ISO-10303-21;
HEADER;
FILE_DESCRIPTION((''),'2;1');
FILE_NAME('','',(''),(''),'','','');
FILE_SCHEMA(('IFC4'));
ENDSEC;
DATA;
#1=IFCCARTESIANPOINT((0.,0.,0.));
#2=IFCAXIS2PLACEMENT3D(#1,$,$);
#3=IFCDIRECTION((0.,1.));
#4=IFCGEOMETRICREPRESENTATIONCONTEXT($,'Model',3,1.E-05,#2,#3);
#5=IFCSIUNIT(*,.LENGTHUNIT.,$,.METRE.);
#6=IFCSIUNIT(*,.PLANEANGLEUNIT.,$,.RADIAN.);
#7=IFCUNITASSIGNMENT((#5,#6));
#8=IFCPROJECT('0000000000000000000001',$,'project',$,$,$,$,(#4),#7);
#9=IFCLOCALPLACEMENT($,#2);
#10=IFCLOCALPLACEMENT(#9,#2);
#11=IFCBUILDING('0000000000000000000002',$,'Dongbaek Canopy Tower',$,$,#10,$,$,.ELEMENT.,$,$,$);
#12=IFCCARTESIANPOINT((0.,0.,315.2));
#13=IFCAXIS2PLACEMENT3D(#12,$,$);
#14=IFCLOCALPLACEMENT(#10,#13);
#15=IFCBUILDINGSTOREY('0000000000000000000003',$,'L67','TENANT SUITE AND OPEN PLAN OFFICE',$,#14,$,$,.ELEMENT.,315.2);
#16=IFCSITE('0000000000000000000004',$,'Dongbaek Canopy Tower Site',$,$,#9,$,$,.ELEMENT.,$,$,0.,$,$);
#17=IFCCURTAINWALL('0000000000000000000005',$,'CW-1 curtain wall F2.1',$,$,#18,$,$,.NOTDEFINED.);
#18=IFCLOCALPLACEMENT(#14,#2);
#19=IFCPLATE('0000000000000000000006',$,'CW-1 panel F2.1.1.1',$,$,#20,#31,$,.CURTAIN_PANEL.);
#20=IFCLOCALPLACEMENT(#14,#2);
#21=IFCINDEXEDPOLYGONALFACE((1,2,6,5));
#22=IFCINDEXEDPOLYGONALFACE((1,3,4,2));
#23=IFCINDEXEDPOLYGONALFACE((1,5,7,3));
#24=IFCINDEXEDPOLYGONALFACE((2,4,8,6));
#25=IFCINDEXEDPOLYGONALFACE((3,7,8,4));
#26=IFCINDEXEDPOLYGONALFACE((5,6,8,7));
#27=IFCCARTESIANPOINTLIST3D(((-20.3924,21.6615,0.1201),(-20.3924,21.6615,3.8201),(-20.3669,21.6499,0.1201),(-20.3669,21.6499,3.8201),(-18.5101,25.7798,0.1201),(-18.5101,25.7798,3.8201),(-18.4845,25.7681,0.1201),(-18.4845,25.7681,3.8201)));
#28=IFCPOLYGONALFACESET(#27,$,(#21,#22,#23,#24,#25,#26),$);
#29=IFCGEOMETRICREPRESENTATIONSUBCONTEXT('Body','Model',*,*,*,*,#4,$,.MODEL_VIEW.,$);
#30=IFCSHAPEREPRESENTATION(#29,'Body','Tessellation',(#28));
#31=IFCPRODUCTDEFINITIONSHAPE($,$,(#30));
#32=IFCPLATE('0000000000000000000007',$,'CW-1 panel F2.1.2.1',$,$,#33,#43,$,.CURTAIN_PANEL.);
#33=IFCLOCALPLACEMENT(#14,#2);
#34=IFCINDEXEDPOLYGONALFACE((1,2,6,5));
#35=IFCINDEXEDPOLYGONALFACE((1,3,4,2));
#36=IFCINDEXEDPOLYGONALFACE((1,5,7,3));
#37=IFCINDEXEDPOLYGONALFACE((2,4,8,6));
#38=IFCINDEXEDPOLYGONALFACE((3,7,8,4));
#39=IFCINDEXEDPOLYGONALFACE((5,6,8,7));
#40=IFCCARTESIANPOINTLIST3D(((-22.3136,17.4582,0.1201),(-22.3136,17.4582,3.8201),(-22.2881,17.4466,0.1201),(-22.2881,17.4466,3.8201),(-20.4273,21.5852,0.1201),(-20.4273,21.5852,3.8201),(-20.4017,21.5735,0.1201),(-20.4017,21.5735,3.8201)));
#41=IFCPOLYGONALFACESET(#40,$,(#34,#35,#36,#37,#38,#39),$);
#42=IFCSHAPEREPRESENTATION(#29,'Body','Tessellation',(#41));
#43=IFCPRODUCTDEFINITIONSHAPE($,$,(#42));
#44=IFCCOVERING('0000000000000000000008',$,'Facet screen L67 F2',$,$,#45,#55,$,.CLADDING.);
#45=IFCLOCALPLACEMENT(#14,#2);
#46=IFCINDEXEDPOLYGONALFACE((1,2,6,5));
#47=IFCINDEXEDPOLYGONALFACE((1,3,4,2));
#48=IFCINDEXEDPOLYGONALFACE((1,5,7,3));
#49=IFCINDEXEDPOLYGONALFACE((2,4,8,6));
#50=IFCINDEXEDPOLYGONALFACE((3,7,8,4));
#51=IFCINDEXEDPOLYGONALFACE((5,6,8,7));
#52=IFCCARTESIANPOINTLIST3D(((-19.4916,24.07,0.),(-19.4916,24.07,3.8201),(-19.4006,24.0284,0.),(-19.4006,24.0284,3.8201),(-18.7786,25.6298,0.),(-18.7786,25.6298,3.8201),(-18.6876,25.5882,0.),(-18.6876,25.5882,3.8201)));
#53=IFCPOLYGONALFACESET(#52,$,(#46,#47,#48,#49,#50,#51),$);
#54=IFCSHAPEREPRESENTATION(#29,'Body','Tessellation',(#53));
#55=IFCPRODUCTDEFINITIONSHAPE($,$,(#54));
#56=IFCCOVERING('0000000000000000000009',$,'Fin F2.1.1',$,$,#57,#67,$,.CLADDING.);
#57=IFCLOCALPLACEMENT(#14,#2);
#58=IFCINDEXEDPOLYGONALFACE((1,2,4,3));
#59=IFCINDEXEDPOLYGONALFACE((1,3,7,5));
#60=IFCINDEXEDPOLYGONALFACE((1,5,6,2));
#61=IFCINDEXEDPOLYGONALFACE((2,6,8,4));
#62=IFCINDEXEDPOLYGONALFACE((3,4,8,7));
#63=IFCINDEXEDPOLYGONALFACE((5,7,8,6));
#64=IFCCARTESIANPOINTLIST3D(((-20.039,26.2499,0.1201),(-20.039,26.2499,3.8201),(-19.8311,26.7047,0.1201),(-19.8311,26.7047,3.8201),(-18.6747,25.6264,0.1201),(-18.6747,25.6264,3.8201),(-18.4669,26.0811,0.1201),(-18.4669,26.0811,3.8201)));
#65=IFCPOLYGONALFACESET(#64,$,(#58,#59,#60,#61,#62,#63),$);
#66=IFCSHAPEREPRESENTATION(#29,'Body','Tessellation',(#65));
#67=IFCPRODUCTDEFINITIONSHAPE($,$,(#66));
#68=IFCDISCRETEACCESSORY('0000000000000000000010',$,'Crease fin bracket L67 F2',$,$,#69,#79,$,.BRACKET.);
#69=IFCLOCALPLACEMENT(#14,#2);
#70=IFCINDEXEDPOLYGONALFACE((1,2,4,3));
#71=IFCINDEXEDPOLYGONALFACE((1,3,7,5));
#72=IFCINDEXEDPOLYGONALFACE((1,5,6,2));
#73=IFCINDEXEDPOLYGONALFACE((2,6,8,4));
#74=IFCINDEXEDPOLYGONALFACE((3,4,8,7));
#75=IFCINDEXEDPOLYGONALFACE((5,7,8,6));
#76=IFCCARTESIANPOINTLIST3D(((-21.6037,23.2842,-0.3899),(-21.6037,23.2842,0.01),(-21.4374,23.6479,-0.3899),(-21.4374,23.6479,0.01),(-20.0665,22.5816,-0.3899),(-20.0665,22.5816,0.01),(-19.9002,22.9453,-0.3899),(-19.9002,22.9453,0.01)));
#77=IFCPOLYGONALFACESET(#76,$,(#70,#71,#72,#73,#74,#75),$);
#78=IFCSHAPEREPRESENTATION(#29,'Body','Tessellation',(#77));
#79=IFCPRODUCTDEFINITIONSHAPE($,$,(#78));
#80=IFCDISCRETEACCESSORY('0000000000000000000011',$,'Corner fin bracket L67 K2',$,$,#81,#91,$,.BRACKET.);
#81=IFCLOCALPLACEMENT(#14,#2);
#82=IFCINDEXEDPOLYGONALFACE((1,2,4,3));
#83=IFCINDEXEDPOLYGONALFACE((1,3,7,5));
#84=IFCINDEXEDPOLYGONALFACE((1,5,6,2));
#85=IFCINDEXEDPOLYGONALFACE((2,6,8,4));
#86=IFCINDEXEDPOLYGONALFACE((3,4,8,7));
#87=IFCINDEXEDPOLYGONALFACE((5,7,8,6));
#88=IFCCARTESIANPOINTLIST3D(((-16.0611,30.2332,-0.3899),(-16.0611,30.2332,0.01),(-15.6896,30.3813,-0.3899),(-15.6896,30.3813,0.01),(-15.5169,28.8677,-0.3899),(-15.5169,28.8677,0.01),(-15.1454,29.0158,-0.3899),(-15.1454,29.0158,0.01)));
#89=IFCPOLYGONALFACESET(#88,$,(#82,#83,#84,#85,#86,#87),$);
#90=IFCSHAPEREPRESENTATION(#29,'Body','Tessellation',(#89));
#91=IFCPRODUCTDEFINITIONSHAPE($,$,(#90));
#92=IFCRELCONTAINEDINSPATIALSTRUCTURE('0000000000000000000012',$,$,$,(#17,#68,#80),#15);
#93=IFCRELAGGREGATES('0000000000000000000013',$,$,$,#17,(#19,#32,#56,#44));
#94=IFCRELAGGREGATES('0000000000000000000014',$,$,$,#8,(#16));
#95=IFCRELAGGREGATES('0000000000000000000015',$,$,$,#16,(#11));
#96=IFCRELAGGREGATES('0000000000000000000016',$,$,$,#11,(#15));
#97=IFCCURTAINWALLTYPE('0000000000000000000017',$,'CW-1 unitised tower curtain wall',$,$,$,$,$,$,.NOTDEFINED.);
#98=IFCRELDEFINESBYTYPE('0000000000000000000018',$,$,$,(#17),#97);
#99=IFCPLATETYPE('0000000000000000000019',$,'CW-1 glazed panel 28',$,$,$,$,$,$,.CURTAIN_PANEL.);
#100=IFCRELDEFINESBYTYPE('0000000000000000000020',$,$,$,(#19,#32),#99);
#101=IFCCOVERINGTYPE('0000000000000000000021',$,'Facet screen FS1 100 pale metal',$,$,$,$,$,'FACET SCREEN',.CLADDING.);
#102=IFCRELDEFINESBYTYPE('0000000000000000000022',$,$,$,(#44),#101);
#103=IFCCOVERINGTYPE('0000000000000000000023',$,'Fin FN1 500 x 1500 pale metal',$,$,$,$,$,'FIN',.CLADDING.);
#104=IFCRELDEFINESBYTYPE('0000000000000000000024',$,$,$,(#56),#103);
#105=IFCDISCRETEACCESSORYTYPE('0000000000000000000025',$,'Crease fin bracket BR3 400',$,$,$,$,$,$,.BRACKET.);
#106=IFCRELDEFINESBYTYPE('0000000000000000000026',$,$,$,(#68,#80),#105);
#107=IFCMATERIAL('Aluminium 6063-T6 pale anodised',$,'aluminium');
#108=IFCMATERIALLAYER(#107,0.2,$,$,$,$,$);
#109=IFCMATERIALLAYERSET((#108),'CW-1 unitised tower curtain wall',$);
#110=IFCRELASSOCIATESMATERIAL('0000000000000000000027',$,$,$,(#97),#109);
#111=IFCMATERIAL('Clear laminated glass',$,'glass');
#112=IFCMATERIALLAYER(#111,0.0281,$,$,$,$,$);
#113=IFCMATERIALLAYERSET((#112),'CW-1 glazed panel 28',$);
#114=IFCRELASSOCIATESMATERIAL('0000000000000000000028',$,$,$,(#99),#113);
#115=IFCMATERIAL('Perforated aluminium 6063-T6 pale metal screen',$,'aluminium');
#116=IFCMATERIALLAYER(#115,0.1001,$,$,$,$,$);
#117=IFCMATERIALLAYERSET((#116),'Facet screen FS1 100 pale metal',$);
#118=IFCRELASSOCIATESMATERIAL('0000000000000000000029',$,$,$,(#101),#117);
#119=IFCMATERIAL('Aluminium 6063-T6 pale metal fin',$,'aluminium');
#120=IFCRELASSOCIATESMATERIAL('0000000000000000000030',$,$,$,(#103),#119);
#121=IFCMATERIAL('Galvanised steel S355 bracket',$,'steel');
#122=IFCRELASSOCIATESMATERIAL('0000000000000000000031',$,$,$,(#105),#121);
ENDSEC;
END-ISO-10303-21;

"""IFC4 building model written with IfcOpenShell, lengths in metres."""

from ifc_helpers import new_model, si_unit, direction, frame, origin, origin_2d, place, context, subcontext, project, spatial, rectangle, extrude, material, layer, layer_set, material_profile, profile_set, type_object, element, aggregate, save


model = new_model("IFC4")

# Units and contexts
model_context = context("Model", 3, precision=1e-05, world=origin(), true_north=direction((0.0, 1.0)))
body_context = subcontext(model_context, "Body", "Model", "MODEL_VIEW")
ifc_project = project(units=[si_unit("LENGTHUNIT", "METRE"), si_unit("PLANEANGLEUNIT", "RADIAN")], contexts=[model_context])

# Site, building, storey
site_placement = place(None, origin())
site = spatial("IfcSite", under=ifc_project, at=site_placement, Name="Dongbaek Canopy Tower Site", CompositionType="ELEMENT", RefElevation=0.0)
building_placement = place(site_placement, origin())
building = spatial("IfcBuilding", under=site, at=building_placement, Name="Dongbaek Canopy Tower", CompositionType="ELEMENT")
storey_placement = place(building_placement, frame((0.0, 0.0, 315.2)))
storey = spatial("IfcBuildingStorey", under=building, at=storey_placement, Name="L67", Description="TENANT SUITE AND OPEN PLAN OFFICE", CompositionType="ELEMENT", Elevation=315.2)

# Curtain wall
ifc_material_1 = material(Name="Aluminium 6063-T6 pale anodised", Category="aluminium")
ifc_layer_1 = layer(ifc_material_1, 0.2)
ifc_layer_set_1 = layer_set([ifc_layer_1], Name="CW-1 unitised tower curtain wall")
curtain_wall_type = type_object("IfcCurtainWallType", Name="CW-1 unitised tower curtain wall", PredefinedType="NOTDEFINED", material=ifc_layer_set_1)
curtain_wall_1_placement = place(storey_placement, origin())
curtain_wall_1 = element("IfcCurtainWall", 1, at=curtain_wall_1_placement, inside=storey, type_object=curtain_wall_type, Name="CW-1 curtain wall F2.1", PredefinedType="NOTDEFINED")

# Plates
ifc_material_2 = material(Name="Clear laminated glass", Category="glass")
ifc_layer_2 = layer(ifc_material_2, 0.0281)
ifc_layer_set_2 = layer_set([ifc_layer_2], Name="CW-1 glazed panel 28")
plate_type = type_object("IfcPlateType", Name="CW-1 glazed panel 28", PredefinedType="CURTAIN_PANEL", material=ifc_layer_set_2)
plate_1_placement = place(storey_placement, frame((-19.4385, 23.7148, 0.1201), z_axis=(0.0, 0.0, 1.0), x_axis=(-0.415713, -0.909496, 0.0)))
plate_1 = element("IfcPlate", 2, at=plate_1_placement, type_object=plate_type, Name="CW-1 panel F2.1.1.1", PredefinedType="CURTAIN_PANEL", context=body_context, shape_type="SweptSolid", body=[
    extrude(rectangle(XDim=4.5281, YDim=0.0281, at=origin_2d()), origin(), (0.0, 0.0, 1.0), 3.7),
])
plate_2_placement = place(storey_placement, frame((-21.3577, 19.5159, 0.1201), z_axis=(0.0, 0.0, 1.0), x_axis=(-0.415713, -0.909496, 0.0)))
plate_2 = element("IfcPlate", 3, at=plate_2_placement, type_object=plate_type, Name="CW-1 panel F2.1.2.1", PredefinedType="CURTAIN_PANEL", context=body_context, shape_type="SweptSolid", body=[
    extrude(rectangle(XDim=4.5376, YDim=0.0281, at=origin_2d()), origin(), (0.0, 0.0, 1.0), 3.7),
])

# Coverings
ifc_material_3 = material(Name="Perforated aluminium 6063-T6 pale metal screen", Category="aluminium")
ifc_layer_3 = layer(ifc_material_3, 0.1001)
ifc_layer_set_3 = layer_set([ifc_layer_3], Name="Facet screen FS1 100 pale metal")
covering_type_1 = type_object("IfcCoveringType", Name="Facet screen FS1 100 pale metal", ElementType="FACET SCREEN", PredefinedType="CLADDING", material=ifc_layer_set_3)
covering_1_placement = place(storey_placement, frame((-19.0896, 24.8291, 0.0), z_axis=(0.0, 0.0, 1.0), x_axis=(-0.415713, -0.909496, 0.0)))
covering_1 = element("IfcCovering", 4, at=covering_1_placement, type_object=covering_type_1, Name="Facet screen L67 F2", PredefinedType="CLADDING", context=body_context, shape_type="SweptSolid", body=[
    extrude(rectangle(XDim=1.7151, YDim=0.1001, at=origin_2d()), origin(), (0.0, 0.0, 1.0), 3.8201),
])
ifc_material_4 = material(Name="Aluminium 6063-T6 pale metal fin", Category="aluminium")
ifc_material_profile_1 = material_profile(ifc_material_4, rectangle(XDim=1.5, YDim=0.5, at=origin_2d()), Name="Fin FN1 500 x 1500 pale metal")
ifc_profile_set_1 = profile_set([ifc_material_profile_1], Name="Aluminium 6063-T6 pale metal fin")
covering_type_2 = type_object("IfcCoveringType", Name="Fin FN1 500 x 1500 pale metal", ElementType="FIN", PredefinedType="CLADDING", material=ifc_profile_set_1)
covering_2_placement = place(storey_placement, frame((-19.2529, 26.1655, 0.1201), z_axis=(0.0, 0.0, 1.0), x_axis=(-0.909496, 0.415713, 0.0)))
covering_2 = element("IfcCovering", 5, at=covering_2_placement, type_object=covering_type_2, Name="Fin F2.1.1", PredefinedType="CLADDING", context=body_context, shape_type="SweptSolid", body=[
    extrude(rectangle(XDim=1.5, YDim=0.5, at=origin_2d()), origin(), (0.0, 0.0, 1.0), 3.7),
])
aggregate(curtain_wall_1, [plate_1, plate_2, covering_2, covering_1])

# Discrete accessories
ifc_material_5 = material(Name="Galvanised steel S355 bracket", Category="steel")
discrete_accessory_type = type_object("IfcDiscreteAccessoryType", Name="Crease fin bracket BR3 400", PredefinedType="BRACKET", material=ifc_material_5)
discrete_accessory_1_placement = place(storey_placement, frame((-20.752, 23.1147, -0.3899), z_axis=(0.0, 0.0, 1.0), x_axis=(-0.909496, 0.415713, 0.0)))
element("IfcDiscreteAccessory", 6, at=discrete_accessory_1_placement, inside=storey, type_object=discrete_accessory_type, Name="Crease fin bracket L67 F2", PredefinedType="BRACKET", context=body_context, shape_type="SweptSolid", body=[
    extrude(rectangle(XDim=1.6902, YDim=0.3999, at=origin_2d()), origin(), (0.0, 0.0, 1.0), 0.3999),
])
discrete_accessory_2_placement = place(storey_placement, frame((-15.6033, 29.6245, -0.3899), z_axis=(0.0, 0.0, 1.0), x_axis=(-0.370212, 0.928947, 0.0)))
element("IfcDiscreteAccessory", 7, at=discrete_accessory_2_placement, inside=storey, type_object=discrete_accessory_type, Name="Corner fin bracket L67 K2", PredefinedType="BRACKET", context=body_context, shape_type="SweptSolid", body=[
    extrude(rectangle(XDim=1.47, YDim=0.3999, at=origin_2d()), origin(), (0.0, 0.0, 1.0), 0.3999),
])

save(model, "model.ifc")
